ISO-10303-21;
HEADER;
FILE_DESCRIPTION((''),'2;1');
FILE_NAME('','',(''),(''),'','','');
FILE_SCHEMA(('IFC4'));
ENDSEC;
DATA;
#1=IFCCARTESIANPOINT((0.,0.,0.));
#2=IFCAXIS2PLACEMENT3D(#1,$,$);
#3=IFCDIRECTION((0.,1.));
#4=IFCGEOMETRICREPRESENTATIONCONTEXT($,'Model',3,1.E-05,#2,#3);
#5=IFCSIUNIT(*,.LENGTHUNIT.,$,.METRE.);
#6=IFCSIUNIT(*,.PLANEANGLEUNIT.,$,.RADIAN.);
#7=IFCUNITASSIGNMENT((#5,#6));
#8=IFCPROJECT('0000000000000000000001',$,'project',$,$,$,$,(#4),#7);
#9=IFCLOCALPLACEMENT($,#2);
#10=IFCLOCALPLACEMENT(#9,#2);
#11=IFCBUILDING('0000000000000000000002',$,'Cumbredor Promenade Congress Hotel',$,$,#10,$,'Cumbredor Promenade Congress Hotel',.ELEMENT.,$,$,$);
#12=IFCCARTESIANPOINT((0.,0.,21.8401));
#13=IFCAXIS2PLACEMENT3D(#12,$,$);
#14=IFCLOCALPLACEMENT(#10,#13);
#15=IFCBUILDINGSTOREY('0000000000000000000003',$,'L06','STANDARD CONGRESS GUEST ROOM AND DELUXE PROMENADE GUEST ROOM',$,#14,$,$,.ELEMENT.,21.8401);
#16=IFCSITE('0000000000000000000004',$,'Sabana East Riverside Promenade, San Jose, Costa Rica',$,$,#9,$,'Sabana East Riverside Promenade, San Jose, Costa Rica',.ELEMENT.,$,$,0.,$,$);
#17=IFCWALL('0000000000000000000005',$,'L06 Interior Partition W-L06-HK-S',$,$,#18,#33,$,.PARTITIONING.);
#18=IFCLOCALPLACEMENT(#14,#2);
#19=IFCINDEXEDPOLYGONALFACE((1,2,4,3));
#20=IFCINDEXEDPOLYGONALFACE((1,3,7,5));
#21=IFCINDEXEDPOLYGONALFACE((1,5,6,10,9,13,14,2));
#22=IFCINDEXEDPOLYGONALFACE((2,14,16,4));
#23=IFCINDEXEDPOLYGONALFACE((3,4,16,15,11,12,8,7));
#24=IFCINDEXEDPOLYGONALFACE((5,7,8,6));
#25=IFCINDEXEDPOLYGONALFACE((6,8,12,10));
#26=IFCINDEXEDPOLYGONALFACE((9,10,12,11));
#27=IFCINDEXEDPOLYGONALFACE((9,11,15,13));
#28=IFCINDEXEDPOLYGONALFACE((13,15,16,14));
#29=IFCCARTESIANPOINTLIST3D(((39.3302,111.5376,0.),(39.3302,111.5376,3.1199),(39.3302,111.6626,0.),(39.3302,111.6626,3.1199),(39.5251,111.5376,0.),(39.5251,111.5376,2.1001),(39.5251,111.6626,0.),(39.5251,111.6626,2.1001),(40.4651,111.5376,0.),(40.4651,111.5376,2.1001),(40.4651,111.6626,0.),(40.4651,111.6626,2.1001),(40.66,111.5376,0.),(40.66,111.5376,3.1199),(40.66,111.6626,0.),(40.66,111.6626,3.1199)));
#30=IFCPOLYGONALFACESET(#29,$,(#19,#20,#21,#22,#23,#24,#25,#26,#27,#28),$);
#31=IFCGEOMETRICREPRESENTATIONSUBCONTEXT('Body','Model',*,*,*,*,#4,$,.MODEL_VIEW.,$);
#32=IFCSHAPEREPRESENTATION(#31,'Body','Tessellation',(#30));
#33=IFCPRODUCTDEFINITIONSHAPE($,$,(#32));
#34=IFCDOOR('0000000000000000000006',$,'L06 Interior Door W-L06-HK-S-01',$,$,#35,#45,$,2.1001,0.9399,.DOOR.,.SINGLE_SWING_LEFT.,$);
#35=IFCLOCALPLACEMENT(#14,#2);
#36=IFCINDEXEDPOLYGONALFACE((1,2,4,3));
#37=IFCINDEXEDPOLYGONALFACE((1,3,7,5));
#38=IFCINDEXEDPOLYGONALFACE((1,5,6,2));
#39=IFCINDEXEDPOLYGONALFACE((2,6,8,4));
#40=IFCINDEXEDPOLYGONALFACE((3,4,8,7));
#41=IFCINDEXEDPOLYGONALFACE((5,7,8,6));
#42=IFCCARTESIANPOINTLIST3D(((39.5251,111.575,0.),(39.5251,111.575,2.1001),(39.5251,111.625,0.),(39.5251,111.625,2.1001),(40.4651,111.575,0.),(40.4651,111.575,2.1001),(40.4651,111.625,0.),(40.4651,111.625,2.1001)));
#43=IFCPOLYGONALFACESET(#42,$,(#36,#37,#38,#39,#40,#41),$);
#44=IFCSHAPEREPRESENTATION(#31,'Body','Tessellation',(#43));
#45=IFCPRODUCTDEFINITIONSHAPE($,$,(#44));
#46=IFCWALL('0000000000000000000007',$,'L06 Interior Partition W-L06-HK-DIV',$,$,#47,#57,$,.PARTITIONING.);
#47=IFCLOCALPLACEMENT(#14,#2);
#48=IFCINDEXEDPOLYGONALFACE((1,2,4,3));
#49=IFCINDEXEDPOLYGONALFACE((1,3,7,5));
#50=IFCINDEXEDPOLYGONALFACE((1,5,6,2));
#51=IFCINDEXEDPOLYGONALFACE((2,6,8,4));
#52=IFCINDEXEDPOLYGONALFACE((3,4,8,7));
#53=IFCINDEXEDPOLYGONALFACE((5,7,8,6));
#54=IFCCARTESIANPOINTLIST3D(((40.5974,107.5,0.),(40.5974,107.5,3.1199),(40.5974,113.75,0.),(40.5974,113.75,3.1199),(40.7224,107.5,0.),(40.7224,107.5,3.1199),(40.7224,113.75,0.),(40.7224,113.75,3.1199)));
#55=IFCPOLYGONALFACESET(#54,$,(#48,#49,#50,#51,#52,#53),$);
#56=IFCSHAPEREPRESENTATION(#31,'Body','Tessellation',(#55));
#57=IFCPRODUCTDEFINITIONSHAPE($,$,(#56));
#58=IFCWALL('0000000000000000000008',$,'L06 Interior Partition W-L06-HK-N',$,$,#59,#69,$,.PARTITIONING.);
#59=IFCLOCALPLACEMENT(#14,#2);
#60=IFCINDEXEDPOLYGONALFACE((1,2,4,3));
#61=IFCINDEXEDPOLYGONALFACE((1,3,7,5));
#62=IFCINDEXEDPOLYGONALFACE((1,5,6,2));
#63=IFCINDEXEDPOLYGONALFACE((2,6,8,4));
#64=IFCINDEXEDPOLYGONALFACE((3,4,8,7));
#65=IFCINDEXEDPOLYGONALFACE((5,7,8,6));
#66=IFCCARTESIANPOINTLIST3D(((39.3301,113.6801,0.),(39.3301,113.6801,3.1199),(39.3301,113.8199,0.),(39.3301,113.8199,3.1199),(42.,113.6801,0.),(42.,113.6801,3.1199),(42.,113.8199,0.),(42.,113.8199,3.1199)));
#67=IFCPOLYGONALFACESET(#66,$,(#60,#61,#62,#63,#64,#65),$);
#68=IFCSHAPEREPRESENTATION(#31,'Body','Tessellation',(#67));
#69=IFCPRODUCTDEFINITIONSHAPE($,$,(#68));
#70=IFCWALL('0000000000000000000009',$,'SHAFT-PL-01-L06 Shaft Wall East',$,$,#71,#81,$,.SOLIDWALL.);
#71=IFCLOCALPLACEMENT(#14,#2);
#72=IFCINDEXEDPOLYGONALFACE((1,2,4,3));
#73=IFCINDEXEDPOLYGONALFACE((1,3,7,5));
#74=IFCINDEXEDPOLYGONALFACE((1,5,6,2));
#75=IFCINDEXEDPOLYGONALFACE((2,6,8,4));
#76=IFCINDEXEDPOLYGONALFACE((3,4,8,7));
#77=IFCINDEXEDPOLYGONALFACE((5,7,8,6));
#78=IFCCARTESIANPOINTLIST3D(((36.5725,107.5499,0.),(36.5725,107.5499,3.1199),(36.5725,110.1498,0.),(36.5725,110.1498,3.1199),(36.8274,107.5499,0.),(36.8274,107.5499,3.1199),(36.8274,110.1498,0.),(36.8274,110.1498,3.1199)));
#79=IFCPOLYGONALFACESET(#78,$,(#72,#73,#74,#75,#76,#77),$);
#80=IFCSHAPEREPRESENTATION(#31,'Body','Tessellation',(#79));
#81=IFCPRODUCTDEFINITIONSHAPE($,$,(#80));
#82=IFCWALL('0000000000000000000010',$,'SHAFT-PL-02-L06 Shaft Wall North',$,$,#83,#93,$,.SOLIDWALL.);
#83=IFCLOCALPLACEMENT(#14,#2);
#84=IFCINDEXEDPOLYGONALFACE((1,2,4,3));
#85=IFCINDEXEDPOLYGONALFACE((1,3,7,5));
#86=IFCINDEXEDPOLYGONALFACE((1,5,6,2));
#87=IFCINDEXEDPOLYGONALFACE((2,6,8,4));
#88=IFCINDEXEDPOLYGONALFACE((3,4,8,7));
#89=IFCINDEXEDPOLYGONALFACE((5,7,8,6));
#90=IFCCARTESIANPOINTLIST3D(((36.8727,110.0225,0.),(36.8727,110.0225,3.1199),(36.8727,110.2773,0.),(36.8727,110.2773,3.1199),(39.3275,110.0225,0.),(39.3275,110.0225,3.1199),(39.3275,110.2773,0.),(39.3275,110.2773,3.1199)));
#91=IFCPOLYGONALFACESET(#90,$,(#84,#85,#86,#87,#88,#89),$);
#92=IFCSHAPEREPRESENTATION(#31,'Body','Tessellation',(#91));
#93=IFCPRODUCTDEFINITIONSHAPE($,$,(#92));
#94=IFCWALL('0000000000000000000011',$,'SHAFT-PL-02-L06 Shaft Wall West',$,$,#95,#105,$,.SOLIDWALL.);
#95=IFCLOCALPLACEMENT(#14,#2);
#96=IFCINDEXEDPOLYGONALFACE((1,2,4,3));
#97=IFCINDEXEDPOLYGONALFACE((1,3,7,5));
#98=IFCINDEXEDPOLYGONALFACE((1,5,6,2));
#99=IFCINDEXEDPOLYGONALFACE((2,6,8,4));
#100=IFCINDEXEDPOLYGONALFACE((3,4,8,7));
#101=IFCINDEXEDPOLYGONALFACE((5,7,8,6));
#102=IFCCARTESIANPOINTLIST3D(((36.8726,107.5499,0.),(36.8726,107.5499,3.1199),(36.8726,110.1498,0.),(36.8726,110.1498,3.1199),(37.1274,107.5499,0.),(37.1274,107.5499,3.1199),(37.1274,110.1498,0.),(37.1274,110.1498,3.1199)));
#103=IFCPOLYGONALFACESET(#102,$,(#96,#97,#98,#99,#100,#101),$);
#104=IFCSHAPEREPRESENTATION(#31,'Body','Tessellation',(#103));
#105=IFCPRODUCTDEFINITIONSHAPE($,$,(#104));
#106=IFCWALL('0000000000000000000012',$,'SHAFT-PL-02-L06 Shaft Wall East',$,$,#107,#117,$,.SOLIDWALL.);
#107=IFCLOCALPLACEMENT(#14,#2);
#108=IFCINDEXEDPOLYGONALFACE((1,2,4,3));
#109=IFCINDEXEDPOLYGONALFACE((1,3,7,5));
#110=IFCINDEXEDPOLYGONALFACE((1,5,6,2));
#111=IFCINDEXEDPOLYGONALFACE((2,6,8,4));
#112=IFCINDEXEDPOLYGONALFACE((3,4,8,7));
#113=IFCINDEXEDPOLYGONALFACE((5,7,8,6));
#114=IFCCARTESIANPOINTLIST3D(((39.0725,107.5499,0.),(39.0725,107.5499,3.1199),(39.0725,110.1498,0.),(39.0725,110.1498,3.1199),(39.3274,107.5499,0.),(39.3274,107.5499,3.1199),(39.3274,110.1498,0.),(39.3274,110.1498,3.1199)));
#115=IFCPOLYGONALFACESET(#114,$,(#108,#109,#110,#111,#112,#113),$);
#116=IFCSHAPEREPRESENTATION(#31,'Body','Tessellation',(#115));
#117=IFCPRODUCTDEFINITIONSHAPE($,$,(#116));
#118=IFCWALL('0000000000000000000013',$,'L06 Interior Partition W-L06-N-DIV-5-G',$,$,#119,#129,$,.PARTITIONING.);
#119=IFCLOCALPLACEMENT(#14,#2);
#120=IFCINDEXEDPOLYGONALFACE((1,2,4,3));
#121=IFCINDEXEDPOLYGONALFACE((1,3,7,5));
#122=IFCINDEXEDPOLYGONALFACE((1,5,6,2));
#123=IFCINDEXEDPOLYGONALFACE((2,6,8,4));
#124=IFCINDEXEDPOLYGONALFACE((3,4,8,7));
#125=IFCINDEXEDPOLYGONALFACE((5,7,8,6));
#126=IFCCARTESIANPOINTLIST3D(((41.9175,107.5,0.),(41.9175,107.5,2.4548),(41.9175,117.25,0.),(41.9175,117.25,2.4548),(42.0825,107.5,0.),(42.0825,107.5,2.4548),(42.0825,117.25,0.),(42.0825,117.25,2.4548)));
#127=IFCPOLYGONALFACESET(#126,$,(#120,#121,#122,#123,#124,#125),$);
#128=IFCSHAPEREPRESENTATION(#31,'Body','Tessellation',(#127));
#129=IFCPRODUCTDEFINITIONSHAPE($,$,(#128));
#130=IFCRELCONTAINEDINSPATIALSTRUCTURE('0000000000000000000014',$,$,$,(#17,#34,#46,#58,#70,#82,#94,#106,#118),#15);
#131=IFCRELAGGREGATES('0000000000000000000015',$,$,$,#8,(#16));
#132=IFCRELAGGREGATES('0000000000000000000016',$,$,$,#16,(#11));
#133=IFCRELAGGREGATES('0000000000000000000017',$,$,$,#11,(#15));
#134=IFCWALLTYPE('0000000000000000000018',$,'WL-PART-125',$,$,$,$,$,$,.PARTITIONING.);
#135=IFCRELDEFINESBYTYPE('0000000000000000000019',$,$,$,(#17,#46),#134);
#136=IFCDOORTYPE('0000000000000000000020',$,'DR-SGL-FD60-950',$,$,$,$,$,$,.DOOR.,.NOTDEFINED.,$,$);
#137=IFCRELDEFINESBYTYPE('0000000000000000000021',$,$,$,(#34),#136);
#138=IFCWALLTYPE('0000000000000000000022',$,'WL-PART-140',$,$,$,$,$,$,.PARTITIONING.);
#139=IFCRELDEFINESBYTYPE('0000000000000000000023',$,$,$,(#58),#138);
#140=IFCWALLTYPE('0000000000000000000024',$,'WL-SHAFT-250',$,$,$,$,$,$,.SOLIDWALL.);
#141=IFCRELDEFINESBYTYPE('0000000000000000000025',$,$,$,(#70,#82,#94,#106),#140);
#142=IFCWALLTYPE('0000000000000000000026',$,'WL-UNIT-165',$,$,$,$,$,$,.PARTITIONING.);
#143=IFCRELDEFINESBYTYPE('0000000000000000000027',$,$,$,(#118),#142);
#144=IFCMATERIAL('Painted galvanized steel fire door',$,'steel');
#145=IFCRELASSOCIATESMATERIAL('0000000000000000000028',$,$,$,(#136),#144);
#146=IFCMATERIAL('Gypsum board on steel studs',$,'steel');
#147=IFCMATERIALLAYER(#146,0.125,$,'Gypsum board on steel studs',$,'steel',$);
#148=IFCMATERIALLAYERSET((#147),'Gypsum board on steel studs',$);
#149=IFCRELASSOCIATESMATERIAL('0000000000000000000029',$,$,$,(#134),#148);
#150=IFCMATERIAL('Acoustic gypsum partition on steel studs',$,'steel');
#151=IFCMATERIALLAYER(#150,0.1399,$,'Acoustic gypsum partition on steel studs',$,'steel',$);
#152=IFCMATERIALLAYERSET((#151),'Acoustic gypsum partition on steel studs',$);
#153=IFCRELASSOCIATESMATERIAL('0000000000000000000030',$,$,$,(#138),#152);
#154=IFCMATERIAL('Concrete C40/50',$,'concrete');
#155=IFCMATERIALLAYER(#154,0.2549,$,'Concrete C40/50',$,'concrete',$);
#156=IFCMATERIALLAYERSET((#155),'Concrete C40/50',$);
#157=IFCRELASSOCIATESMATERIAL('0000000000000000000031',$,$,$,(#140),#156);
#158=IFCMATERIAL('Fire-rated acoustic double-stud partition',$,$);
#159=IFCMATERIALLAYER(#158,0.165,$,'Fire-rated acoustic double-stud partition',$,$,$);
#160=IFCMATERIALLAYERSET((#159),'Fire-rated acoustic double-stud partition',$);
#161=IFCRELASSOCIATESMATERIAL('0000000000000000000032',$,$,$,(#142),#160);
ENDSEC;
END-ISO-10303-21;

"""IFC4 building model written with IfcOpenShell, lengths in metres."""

from ifc_helpers import new_model, si_unit, direction, frame, frame_2d, origin, place, context, subcontext, project, spatial, rectangle, extrude, material, layer, layer_set, type_object, element, fill, save


model = new_model("IFC4")

# Units and contexts
model_context = context("Model", 3, precision=1e-05, world=origin(), true_north=direction((0.0, 1.0)))
body_context = subcontext(model_context, "Body", "Model", "MODEL_VIEW")
ifc_project = project(units=[si_unit("LENGTHUNIT", "METRE"), si_unit("PLANEANGLEUNIT", "RADIAN")], contexts=[model_context])

# Site, building, storey
site_placement = place(None, origin())
site = spatial("IfcSite", under=ifc_project, at=site_placement, Name="Sabana East Riverside Promenade, San Jose, Costa Rica", LongName="Sabana East Riverside Promenade, San Jose, Costa Rica", CompositionType="ELEMENT", RefElevation=0.0)
building_placement = place(site_placement, origin())
building = spatial("IfcBuilding", under=site, at=building_placement, Name="Cumbredor Promenade Congress Hotel", LongName="Cumbredor Promenade Congress Hotel", CompositionType="ELEMENT")
storey_placement = place(building_placement, frame((0.0, 0.0, 21.8401)))
storey = spatial("IfcBuildingStorey", under=building, at=storey_placement, Name="L06", Description="STANDARD CONGRESS GUEST ROOM AND DELUXE PROMENADE GUEST ROOM", CompositionType="ELEMENT", Elevation=21.8401)

# Shared definitions
ifc_material_1 = material(Name="Concrete C40/50", Category="concrete")

# Wall, opening, door
ifc_material_2 = material(Name="Painted galvanized steel fire door", Category="steel")
door_type_1 = type_object("IfcDoorType", Name="DR-SGL-FD60-950", OperationType="NOTDEFINED", PredefinedType="DOOR", material=ifc_material_2)
ifc_material_3 = material(Name="Gypsum board on steel studs", Category="steel")
ifc_layer_1 = layer(ifc_material_3, 0.125, Name="Gypsum board on steel studs", Category="steel")
ifc_layer_set_1 = layer_set([ifc_layer_1], Name="Gypsum board on steel studs")
wall_type_1 = type_object("IfcWallType", Name="WL-PART-125", PredefinedType="PARTITIONING", material=ifc_layer_set_1)
wall_1_placement = place(storey_placement, frame((39.3301, 111.6001, 0.0), z_axis=(0.0, 0.0, 1.0), x_axis=(1.0, 0.0, 0.0)))
wall_1 = element("IfcWall", 1, at=wall_1_placement, inside=storey, type_object=wall_type_1, Name="L06 Interior Partition W-L06-HK-S", PredefinedType="PARTITIONING", context=body_context, shape_type="SweptSolid", body=[
    extrude(rectangle(XDim=1.3298, YDim=0.125, at=frame_2d((0.665, 0.0))), origin(), (0.0, 0.0, 1.0), 3.1199),
])
opening_1_placement = place(wall_1_placement, frame((0.1951, 0.0, 0.0)))
opening_1 = element("IfcOpeningElement", 2, at=opening_1_placement, cuts=wall_1, PredefinedType="OPENING", context=body_context, shape_type="SweptSolid", body=[
    extrude(rectangle(XDim=0.9399, YDim=2.1001, at=frame_2d((0.47, 1.05))), frame((0.0, 0.0725, 0.0), z_axis=(0.0, -1.0, 0.0), x_axis=(1.0, 0.0, 0.0)), (0.0, 0.0, 1.0), 0.145),
])
door_1_placement = place(opening_1_placement, origin())
door_1 = element("IfcDoor", 3, at=door_1_placement, inside=storey, type_object=door_type_1, Name="L06 Interior Door W-L06-HK-S-01", OperationType="SINGLE_SWING_LEFT", OverallHeight=2.1001, OverallWidth=0.9399, PredefinedType="DOOR", context=body_context, shape_type="SweptSolid", body=[
    extrude(rectangle(XDim=0.9399, YDim=2.1001, at=frame_2d((0.47, 1.05))), frame((0.0, 0.0249, 0.0), z_axis=(0.0, -1.0, 0.0), x_axis=(1.0, 0.0, 0.0)), (0.0, 0.0, 1.0), 0.05),
])
fill(opening_1, door_1)

# Walls
wall_2_placement = place(storey_placement, frame((40.6599, 107.5, 0.0), z_axis=(0.0, 0.0, 1.0), x_axis=(0.0, 1.0, 0.0)))
element("IfcWall", 4, at=wall_2_placement, inside=storey, type_object=wall_type_1, Name="L06 Interior Partition W-L06-HK-DIV", PredefinedType="PARTITIONING", context=body_context, shape_type="SweptSolid", body=[
    extrude(rectangle(XDim=6.25, YDim=0.125, at=frame_2d((3.125, 0.0))), origin(), (0.0, 0.0, 1.0), 3.1199),
])
ifc_material_4 = material(Name="Acoustic gypsum partition on steel studs", Category="steel")
ifc_layer_2 = layer(ifc_material_4, 0.1399, Name="Acoustic gypsum partition on steel studs", Category="steel")
ifc_layer_set_2 = layer_set([ifc_layer_2], Name="Acoustic gypsum partition on steel studs")
wall_type_2 = type_object("IfcWallType", Name="WL-PART-140", PredefinedType="PARTITIONING", material=ifc_layer_set_2)
wall_3_placement = place(storey_placement, frame((39.3301, 113.75, 0.0), z_axis=(0.0, 0.0, 1.0), x_axis=(1.0, 0.0, 0.0)))
element("IfcWall", 5, at=wall_3_placement, inside=storey, type_object=wall_type_2, Name="L06 Interior Partition W-L06-HK-N", PredefinedType="PARTITIONING", context=body_context, shape_type="SweptSolid", body=[
    extrude(rectangle(XDim=2.6699, YDim=0.1399, at=frame_2d((1.335, 0.0))), origin(), (0.0, 0.0, 1.0), 3.1199),
])
ifc_layer_3 = layer(ifc_material_1, 0.2549, Name="Concrete C40/50", Category="concrete")
ifc_layer_set_3 = layer_set([ifc_layer_3], Name="Concrete C40/50")
wall_type_3 = type_object("IfcWallType", Name="WL-SHAFT-250", PredefinedType="SOLIDWALL", material=ifc_layer_set_3)
wall_4_placement = place(storey_placement, frame((36.7, 107.55, 0.0), z_axis=(0.0, 0.0, 1.0), x_axis=(0.0, 1.0, 0.0)))
element("IfcWall", 6, at=wall_4_placement, inside=storey, type_object=wall_type_3, Name="SHAFT-PL-01-L06 Shaft Wall East", PredefinedType="SOLIDWALL", context=body_context, shape_type="SweptSolid", body=[
    extrude(rectangle(XDim=2.5999, YDim=0.2549, at=frame_2d((1.2998, 0.0))), origin(), (0.0, 0.0, 1.0), 3.1199),
])

# Walls
wall_5_placement = place(storey_placement, frame((36.8726, 110.1499, 0.0), z_axis=(0.0, 0.0, 1.0), x_axis=(1.0, 0.0, 0.0)))
element("IfcWall", 7, at=wall_5_placement, inside=storey, type_object=wall_type_3, Name="SHAFT-PL-02-L06 Shaft Wall North", PredefinedType="SOLIDWALL", context=body_context, shape_type="SweptSolid", body=[
    extrude(rectangle(XDim=2.4548, YDim=0.2549, at=frame_2d((1.2275, 0.0))), origin(), (0.0, 0.0, 1.0), 3.1199),
])
for number, where, z_axis, x_axis, name in (
    (8, (37.0, 107.55, 0.0), (0.0, 0.0, 1.0), (0.0, 1.0, 0.0), "SHAFT-PL-02-L06 Shaft Wall West"),
    (9, (39.2, 107.55, 0.0), (0.0, 0.0, 1.0), (0.0, 1.0, 0.0), "SHAFT-PL-02-L06 Shaft Wall East"),
):
    element("IfcWall", number, at=place(storey_placement, frame(where, z_axis=z_axis, x_axis=x_axis)), inside=storey, type_object=wall_type_3, Name=name, PredefinedType="SOLIDWALL", context=body_context, shape_type="SweptSolid", body=[
        extrude(rectangle(XDim=2.5999, YDim=0.2549, at=frame_2d((1.2998, 0.0))), origin(), (0.0, 0.0, 1.0), 3.1199),
    ])
ifc_material_5 = material(Name="Fire-rated acoustic double-stud partition")
ifc_layer_4 = layer(ifc_material_5, 0.165, Name="Fire-rated acoustic double-stud partition")
ifc_layer_set_4 = layer_set([ifc_layer_4], Name="Fire-rated acoustic double-stud partition")
wall_type_4 = type_object("IfcWallType", Name="WL-UNIT-165", PredefinedType="PARTITIONING", material=ifc_layer_set_4)
wall_6_placement = place(storey_placement, frame((42.0, 107.5, 0.0), z_axis=(0.0, 0.0, 1.0), x_axis=(0.0, 1.0, 0.0)))
element("IfcWall", 10, at=wall_6_placement, inside=storey, type_object=wall_type_4, Name="L06 Interior Partition W-L06-N-DIV-5-G", PredefinedType="PARTITIONING", context=body_context, shape_type="SweptSolid", body=[
    extrude(rectangle(XDim=9.75, YDim=0.165, at=frame_2d((4.875, 0.0))), origin(), (0.0, 0.0, 1.0), 2.4548),
])

save(model, "model.ifc")
